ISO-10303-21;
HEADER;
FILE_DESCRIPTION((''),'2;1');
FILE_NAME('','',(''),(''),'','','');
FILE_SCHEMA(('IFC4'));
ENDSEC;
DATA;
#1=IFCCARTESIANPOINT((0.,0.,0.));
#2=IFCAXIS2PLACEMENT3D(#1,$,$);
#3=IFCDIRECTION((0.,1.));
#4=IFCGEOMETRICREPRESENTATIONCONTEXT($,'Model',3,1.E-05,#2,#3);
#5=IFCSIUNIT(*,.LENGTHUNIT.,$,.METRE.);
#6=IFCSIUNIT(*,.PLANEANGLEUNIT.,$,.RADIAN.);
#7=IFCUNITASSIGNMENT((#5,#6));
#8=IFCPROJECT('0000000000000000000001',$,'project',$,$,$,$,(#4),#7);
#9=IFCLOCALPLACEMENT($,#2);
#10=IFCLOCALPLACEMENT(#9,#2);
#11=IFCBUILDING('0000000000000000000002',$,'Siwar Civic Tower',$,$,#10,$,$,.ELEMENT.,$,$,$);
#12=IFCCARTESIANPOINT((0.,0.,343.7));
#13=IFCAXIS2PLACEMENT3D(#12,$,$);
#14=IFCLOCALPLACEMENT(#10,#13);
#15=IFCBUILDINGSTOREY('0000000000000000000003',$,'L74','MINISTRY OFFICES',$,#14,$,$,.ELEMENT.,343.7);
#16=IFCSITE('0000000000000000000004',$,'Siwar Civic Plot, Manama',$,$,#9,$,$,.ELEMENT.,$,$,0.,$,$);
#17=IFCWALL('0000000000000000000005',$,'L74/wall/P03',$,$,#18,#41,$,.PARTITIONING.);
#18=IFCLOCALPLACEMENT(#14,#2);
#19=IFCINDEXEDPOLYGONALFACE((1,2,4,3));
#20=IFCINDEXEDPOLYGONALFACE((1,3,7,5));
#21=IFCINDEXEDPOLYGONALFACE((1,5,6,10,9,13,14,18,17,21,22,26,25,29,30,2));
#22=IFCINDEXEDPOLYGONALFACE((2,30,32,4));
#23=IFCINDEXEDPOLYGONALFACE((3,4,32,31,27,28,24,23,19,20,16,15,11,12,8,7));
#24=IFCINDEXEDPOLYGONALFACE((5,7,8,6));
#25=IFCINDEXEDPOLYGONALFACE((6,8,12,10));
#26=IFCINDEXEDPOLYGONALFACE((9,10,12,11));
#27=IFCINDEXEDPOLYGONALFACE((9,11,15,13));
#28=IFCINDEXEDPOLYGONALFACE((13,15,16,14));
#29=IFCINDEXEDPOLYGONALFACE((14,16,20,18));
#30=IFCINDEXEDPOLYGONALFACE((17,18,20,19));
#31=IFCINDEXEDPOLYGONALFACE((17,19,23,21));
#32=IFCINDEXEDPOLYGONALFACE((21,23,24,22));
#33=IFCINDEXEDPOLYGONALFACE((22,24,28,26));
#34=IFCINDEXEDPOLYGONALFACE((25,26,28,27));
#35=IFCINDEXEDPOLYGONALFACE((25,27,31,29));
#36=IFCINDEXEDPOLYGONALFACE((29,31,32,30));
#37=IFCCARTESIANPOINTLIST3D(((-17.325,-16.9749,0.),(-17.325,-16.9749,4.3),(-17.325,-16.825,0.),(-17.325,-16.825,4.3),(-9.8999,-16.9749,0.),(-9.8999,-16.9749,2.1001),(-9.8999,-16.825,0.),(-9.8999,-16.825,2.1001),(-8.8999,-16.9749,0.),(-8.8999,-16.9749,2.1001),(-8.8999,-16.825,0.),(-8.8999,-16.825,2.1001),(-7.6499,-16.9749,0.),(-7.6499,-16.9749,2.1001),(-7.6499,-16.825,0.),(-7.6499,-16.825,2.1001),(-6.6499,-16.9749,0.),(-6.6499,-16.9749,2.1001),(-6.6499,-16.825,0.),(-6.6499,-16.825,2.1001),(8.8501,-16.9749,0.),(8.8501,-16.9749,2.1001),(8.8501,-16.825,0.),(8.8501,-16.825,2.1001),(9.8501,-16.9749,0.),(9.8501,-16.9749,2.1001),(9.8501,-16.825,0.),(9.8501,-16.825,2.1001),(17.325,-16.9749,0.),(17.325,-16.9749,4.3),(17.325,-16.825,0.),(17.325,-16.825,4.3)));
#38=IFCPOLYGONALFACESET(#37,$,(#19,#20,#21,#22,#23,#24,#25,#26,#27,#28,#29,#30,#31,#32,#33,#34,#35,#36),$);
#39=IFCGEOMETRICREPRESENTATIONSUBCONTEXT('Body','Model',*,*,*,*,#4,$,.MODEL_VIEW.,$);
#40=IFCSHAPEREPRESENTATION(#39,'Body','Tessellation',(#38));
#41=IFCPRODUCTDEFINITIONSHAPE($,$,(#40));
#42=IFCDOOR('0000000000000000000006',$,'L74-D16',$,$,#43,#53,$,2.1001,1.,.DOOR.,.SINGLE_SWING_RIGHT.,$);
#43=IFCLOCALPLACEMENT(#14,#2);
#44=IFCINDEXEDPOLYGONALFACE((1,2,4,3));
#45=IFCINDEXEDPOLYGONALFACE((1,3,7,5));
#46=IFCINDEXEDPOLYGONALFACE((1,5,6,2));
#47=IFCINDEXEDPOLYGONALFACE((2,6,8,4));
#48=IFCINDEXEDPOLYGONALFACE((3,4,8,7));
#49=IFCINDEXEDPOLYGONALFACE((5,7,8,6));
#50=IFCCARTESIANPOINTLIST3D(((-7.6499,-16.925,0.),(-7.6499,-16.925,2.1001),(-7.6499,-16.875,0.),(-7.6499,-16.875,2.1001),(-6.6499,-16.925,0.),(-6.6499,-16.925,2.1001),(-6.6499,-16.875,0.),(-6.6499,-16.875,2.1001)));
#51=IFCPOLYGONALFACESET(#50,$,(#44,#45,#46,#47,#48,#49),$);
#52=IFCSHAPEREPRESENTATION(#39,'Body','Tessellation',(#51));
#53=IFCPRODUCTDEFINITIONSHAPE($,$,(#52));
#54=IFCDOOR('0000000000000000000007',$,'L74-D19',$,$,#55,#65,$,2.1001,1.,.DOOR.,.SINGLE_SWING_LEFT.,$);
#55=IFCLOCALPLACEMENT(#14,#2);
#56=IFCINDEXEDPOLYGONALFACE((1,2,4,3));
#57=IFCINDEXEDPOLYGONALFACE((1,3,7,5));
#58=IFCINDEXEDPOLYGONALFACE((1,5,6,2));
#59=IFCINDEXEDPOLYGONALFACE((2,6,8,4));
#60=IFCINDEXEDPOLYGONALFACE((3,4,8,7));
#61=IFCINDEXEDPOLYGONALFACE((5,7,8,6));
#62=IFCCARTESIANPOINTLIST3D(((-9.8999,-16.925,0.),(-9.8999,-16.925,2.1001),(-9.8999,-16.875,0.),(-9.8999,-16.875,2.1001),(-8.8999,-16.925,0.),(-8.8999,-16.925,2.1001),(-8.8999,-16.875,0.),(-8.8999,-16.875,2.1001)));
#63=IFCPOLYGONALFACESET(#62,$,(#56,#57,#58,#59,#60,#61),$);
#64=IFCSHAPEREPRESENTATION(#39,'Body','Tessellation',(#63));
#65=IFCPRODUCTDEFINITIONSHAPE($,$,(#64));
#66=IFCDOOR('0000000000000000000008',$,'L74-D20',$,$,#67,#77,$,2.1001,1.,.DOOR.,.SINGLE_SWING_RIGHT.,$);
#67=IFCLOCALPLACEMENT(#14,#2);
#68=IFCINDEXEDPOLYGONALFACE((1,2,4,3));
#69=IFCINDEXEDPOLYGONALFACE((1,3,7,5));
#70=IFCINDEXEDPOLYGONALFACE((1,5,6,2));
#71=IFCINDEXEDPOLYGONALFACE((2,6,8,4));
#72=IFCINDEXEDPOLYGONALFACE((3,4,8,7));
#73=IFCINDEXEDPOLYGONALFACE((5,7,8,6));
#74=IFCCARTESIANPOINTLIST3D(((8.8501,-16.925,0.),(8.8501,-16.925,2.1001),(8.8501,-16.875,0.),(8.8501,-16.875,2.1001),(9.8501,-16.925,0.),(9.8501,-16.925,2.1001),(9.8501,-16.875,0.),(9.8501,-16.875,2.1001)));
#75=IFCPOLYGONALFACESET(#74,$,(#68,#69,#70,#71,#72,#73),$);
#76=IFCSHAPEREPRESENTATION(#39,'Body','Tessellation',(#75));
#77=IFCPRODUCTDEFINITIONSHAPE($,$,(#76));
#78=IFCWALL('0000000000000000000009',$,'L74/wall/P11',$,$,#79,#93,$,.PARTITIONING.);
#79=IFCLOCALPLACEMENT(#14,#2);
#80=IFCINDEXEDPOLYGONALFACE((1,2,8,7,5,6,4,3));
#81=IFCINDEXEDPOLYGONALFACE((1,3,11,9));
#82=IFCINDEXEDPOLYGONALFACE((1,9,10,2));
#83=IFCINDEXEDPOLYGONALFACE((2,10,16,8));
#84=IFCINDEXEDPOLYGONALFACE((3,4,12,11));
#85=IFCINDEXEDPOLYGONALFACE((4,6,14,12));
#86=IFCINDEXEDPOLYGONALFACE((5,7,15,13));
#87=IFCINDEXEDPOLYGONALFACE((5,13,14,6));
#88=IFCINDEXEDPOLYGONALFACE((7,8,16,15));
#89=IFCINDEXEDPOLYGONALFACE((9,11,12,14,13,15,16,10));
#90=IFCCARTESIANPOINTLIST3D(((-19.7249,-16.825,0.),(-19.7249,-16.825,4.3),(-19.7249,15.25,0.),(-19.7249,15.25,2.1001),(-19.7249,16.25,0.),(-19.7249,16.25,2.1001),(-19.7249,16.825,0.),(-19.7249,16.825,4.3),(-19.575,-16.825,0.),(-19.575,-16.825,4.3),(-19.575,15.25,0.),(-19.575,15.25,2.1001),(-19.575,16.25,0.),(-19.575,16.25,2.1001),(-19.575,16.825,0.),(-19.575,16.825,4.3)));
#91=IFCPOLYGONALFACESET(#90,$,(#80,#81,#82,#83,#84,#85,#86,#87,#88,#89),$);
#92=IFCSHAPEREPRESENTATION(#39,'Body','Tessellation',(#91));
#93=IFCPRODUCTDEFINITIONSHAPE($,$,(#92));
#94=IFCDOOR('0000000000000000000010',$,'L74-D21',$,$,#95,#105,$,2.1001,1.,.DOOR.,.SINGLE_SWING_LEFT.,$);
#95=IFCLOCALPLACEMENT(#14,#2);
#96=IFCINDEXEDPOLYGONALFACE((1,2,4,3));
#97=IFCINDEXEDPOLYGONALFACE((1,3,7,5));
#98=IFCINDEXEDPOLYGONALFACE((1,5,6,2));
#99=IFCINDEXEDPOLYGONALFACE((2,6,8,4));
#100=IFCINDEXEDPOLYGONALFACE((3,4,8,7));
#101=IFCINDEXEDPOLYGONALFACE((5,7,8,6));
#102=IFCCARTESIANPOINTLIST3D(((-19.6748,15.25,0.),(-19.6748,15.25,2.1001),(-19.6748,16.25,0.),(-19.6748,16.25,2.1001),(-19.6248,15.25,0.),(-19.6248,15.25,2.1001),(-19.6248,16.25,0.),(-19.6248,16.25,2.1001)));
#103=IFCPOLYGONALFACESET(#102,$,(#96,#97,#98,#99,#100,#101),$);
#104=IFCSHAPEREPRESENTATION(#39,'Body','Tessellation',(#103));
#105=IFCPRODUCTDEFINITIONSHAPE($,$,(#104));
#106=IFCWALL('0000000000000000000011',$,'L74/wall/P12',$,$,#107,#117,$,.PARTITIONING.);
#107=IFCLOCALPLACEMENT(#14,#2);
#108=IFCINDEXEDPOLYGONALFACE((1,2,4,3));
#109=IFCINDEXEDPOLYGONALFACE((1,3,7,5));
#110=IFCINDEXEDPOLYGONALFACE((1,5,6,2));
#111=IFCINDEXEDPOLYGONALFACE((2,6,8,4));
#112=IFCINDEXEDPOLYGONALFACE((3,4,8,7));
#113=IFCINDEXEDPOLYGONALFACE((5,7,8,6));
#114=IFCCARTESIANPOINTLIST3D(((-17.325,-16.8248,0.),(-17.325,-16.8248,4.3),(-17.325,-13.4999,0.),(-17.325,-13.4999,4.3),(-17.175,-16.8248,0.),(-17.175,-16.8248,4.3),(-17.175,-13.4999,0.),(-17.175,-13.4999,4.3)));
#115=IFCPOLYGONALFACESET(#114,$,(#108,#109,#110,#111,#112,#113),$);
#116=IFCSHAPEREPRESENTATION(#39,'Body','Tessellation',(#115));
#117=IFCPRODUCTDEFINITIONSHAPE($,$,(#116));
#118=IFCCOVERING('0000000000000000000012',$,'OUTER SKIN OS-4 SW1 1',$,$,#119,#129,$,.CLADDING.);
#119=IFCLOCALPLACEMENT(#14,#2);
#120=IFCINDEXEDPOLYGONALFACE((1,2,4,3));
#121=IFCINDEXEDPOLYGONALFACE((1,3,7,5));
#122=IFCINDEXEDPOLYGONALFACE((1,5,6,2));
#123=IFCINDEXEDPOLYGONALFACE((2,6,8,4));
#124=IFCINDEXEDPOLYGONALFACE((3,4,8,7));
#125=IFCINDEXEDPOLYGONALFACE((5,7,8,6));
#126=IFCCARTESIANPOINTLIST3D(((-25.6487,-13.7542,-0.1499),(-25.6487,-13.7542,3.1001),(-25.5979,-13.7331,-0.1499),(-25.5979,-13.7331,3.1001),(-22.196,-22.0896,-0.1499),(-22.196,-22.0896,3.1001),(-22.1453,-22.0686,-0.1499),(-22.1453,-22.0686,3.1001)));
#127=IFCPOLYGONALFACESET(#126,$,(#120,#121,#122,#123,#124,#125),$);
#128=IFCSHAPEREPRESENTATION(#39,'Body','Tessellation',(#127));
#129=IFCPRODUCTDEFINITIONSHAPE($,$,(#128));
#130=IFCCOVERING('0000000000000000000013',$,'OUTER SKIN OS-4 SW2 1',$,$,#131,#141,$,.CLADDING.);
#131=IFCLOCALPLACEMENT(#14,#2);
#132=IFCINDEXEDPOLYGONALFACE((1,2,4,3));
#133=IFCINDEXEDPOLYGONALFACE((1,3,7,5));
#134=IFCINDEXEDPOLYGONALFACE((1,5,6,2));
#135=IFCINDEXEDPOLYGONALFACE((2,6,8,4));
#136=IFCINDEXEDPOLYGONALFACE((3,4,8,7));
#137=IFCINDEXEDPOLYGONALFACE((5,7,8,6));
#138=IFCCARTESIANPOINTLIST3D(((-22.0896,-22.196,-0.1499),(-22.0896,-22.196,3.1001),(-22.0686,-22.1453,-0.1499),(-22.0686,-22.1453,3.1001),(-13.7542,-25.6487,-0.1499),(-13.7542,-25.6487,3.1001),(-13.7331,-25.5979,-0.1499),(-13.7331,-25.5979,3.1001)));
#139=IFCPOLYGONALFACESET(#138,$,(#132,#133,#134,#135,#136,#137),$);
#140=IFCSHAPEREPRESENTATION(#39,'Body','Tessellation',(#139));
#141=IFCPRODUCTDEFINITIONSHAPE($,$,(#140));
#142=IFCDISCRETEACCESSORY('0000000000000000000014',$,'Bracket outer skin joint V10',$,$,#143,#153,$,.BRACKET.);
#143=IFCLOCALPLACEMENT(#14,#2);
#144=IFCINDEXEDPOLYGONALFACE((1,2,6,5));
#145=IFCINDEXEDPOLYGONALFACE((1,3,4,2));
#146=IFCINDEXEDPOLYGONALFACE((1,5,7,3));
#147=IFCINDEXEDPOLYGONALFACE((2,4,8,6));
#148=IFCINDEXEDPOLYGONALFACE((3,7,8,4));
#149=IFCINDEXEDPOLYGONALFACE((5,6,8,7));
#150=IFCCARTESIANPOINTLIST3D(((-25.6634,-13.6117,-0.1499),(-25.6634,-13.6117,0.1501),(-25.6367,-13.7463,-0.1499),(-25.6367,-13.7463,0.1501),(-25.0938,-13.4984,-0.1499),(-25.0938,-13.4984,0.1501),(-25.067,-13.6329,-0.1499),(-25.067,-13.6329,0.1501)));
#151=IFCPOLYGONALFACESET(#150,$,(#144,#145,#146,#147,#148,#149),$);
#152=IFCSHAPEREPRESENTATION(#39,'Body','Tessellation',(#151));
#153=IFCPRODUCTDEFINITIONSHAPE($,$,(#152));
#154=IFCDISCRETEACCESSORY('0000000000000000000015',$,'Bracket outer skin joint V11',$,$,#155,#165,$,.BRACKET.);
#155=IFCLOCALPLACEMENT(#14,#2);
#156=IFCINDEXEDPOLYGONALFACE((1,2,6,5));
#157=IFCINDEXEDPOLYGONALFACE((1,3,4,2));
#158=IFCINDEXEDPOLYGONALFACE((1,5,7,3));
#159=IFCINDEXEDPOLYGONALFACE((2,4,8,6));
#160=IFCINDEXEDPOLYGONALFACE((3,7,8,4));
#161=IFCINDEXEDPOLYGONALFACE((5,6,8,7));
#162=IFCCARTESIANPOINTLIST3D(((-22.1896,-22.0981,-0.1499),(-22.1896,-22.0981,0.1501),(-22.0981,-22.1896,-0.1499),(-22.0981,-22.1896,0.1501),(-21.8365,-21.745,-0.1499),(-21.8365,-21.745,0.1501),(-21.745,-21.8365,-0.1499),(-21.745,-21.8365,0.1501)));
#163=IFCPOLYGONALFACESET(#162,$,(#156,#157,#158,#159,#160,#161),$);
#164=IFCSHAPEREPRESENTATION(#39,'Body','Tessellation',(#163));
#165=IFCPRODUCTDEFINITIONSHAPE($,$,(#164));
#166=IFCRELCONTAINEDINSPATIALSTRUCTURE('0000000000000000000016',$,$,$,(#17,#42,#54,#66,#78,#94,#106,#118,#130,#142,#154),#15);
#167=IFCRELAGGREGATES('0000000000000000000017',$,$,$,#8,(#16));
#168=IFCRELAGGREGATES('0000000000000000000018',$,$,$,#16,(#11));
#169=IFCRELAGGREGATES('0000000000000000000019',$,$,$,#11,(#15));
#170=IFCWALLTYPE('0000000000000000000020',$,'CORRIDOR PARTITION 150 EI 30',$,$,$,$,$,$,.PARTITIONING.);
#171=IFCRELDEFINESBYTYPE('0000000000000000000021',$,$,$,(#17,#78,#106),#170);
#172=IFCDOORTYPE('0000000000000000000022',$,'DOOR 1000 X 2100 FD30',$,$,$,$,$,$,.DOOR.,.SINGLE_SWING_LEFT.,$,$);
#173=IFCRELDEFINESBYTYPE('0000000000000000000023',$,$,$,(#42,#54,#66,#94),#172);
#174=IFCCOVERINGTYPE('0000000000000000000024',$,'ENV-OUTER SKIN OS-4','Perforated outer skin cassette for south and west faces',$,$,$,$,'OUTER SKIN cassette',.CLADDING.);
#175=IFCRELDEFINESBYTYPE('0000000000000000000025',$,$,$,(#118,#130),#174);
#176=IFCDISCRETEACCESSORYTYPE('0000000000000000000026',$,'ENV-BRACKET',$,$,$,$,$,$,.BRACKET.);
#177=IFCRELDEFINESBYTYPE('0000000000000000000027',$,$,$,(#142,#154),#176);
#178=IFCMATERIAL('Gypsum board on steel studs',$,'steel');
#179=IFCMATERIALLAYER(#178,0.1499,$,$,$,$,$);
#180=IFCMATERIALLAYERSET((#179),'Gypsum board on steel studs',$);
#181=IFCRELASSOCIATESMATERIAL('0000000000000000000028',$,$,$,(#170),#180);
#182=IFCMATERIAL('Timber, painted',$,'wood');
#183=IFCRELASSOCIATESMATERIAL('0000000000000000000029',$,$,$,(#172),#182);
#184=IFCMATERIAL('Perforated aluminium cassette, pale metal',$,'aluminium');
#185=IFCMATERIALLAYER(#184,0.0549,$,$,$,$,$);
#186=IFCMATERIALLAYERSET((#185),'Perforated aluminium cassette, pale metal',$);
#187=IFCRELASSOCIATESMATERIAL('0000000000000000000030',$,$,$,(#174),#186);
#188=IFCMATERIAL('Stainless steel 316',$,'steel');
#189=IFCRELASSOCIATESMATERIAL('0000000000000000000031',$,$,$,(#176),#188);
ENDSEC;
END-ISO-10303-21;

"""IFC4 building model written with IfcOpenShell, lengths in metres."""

from ifc_helpers import new_model, si_unit, direction, frame, frame_2d, origin, origin_2d, place, context, subcontext, project, spatial, rectangle, extrude, material, layer, layer_set, type_object, element, fill, save


model = new_model("IFC4")

# Units and contexts
model_context = context("Model", 3, precision=1e-05, world=origin(), true_north=direction((0.0, 1.0)))
body_context = subcontext(model_context, "Body", "Model", "MODEL_VIEW")
ifc_project = project(units=[si_unit("LENGTHUNIT", "METRE"), si_unit("PLANEANGLEUNIT", "RADIAN")], contexts=[model_context])

# Site, building, storey
site_placement = place(None, origin())
site = spatial("IfcSite", under=ifc_project, at=site_placement, Name="Siwar Civic Plot, Manama", CompositionType="ELEMENT", RefElevation=0.0)
building_placement = place(site_placement, origin())
building = spatial("IfcBuilding", under=site, at=building_placement, Name="Siwar Civic Tower", CompositionType="ELEMENT")
storey_placement = place(building_placement, frame((0.0, 0.0, 343.7)))
storey = spatial("IfcBuildingStorey", under=building, at=storey_placement, Name="L74", Description="MINISTRY OFFICES", CompositionType="ELEMENT", Elevation=343.7)

# Shared definitions
ifc_material_1 = material(Name="Gypsum board on steel studs", Category="steel")
ifc_layer_1 = layer(ifc_material_1, 0.1499)
ifc_layer_set_1 = layer_set([ifc_layer_1], Name="Gypsum board on steel studs")
wall_type = type_object("IfcWallType", Name="CORRIDOR PARTITION 150 EI 30", PredefinedType="PARTITIONING", material=ifc_layer_set_1)
ifc_material_2 = material(Name="Timber, painted", Category="wood")
door_type = type_object("IfcDoorType", Name="DOOR 1000 X 2100 FD30", OperationType="SINGLE_SWING_LEFT", PredefinedType="DOOR", material=ifc_material_2)

# Wall, openings, doors
wall_1_placement = place(storey_placement, frame((-17.325, -16.8999, 0.0), z_axis=(0.0, 0.0, 1.0), x_axis=(1.0, 0.0, 0.0)))
wall_1 = element("IfcWall", 1, at=wall_1_placement, inside=storey, type_object=wall_type, Name="L74/wall/P03", PredefinedType="PARTITIONING", context=body_context, shape_type="SweptSolid", body=[
    extrude(rectangle(XDim=34.6499, YDim=0.1499, at=frame_2d((17.325, 0.0))), origin(), (0.0, 0.0, 1.0), 4.3),
])
opening_1_placement = place(wall_1_placement, frame((9.675, 0.0, 0.0)))
opening_1 = element("IfcOpeningElement", 2, at=opening_1_placement, cuts=wall_1, PredefinedType="OPENING", context=body_context, shape_type="SweptSolid", body=[
    extrude(rectangle(XDim=1.0, YDim=2.1001, at=frame_2d((0.5, 1.05))), frame((0.0, 0.085, 0.0), z_axis=(0.0, -1.0, 0.0), x_axis=(1.0, 0.0, 0.0)), (0.0, 0.0, 1.0), 0.1699),
])
opening_2_placement = place(wall_1_placement, frame((7.425, 0.0, 0.0)))
opening_2 = element("IfcOpeningElement", 3, at=opening_2_placement, cuts=wall_1, PredefinedType="OPENING", context=body_context, shape_type="SweptSolid", body=[
    extrude(rectangle(XDim=1.0, YDim=2.1001, at=frame_2d((0.5, 1.05))), frame((0.0, 0.085, 0.0), z_axis=(0.0, -1.0, 0.0), x_axis=(1.0, 0.0, 0.0)), (0.0, 0.0, 1.0), 0.1699),
])
opening_3_placement = place(wall_1_placement, frame((26.175, 0.0, 0.0)))
opening_3 = element("IfcOpeningElement", 4, at=opening_3_placement, cuts=wall_1, PredefinedType="OPENING", context=body_context, shape_type="SweptSolid", body=[
    extrude(rectangle(XDim=1.0, YDim=2.1001, at=frame_2d((0.5, 1.05))), frame((0.0, 0.085, 0.0), z_axis=(0.0, -1.0, 0.0), x_axis=(1.0, 0.0, 0.0)), (0.0, 0.0, 1.0), 0.1699),
])
door_1_placement = place(opening_1_placement, origin())
door_1 = element("IfcDoor", 5, at=door_1_placement, inside=storey, type_object=door_type, Name="L74-D16", OperationType="SINGLE_SWING_RIGHT", OverallHeight=2.1001, OverallWidth=1.0, PredefinedType="DOOR", context=body_context, shape_type="SweptSolid", body=[
    extrude(rectangle(XDim=1.0, YDim=2.1001, at=frame_2d((0.5, 1.05))), frame((0.0, 0.0249, 0.0), z_axis=(0.0, -1.0, 0.0), x_axis=(1.0, 0.0, 0.0)), (0.0, 0.0, 1.0), 0.05),
])
fill(opening_1, door_1)
door_2_placement = place(opening_2_placement, origin())
door_2 = element("IfcDoor", 6, at=door_2_placement, inside=storey, type_object=door_type, Name="L74-D19", OperationType="SINGLE_SWING_LEFT", OverallHeight=2.1001, OverallWidth=1.0, PredefinedType="DOOR", context=body_context, shape_type="SweptSolid", body=[
    extrude(rectangle(XDim=1.0, YDim=2.1001, at=frame_2d((0.5, 1.05))), frame((0.0, 0.0249, 0.0), z_axis=(0.0, -1.0, 0.0), x_axis=(1.0, 0.0, 0.0)), (0.0, 0.0, 1.0), 0.05),
])
fill(opening_2, door_2)
door_3_placement = place(opening_3_placement, origin())
door_3 = element("IfcDoor", 7, at=door_3_placement, inside=storey, type_object=door_type, Name="L74-D20", OperationType="SINGLE_SWING_RIGHT", OverallHeight=2.1001, OverallWidth=1.0, PredefinedType="DOOR", context=body_context, shape_type="SweptSolid", body=[
    extrude(rectangle(XDim=1.0, YDim=2.1001, at=frame_2d((0.5, 1.05))), frame((0.0, 0.0249, 0.0), z_axis=(0.0, -1.0, 0.0), x_axis=(1.0, 0.0, 0.0)), (0.0, 0.0, 1.0), 0.05),
])
fill(opening_3, door_3)

# Wall, opening, door
wall_2_placement = place(storey_placement, frame((-19.6499, -16.825, 0.0), z_axis=(0.0, 0.0, 1.0), x_axis=(0.0, 1.0, 0.0)))
wall_2 = element("IfcWall", 8, at=wall_2_placement, inside=storey, type_object=wall_type, Name="L74/wall/P11", PredefinedType="PARTITIONING", context=body_context, shape_type="SweptSolid", body=[
    extrude(rectangle(XDim=33.6499, YDim=0.1499, at=frame_2d((16.825, 0.0))), origin(), (0.0, 0.0, 1.0), 4.3),
])
opening_4_placement = place(wall_2_placement, frame((32.075, 0.0, 0.0)))
opening_4 = element("IfcOpeningElement", 9, at=opening_4_placement, cuts=wall_2, PredefinedType="OPENING", context=body_context, shape_type="SweptSolid", body=[
    extrude(rectangle(XDim=1.0, YDim=2.1001, at=frame_2d((0.5, 1.05))), frame((0.0, 0.085, 0.0), z_axis=(0.0, -1.0, 0.0), x_axis=(1.0, 0.0, 0.0)), (0.0, 0.0, 1.0), 0.1699),
])
door_4_placement = place(opening_4_placement, origin())
door_4 = element("IfcDoor", 10, at=door_4_placement, inside=storey, type_object=door_type, Name="L74-D21", OperationType="SINGLE_SWING_LEFT", OverallHeight=2.1001, OverallWidth=1.0, PredefinedType="DOOR", context=body_context, shape_type="SweptSolid", body=[
    extrude(rectangle(XDim=1.0, YDim=2.1001, at=frame_2d((0.5, 1.05))), frame((0.0, 0.0249, 0.0), z_axis=(0.0, -1.0, 0.0), x_axis=(1.0, 0.0, 0.0)), (0.0, 0.0, 1.0), 0.05),
])
fill(opening_4, door_4)

# Wall
wall_3_placement = place(storey_placement, frame((-17.25, -16.825, 0.0), z_axis=(0.0, 0.0, 1.0), x_axis=(0.0, 1.0, 0.0)))
element("IfcWall", 11, at=wall_3_placement, inside=storey, type_object=wall_type, Name="L74/wall/P12", PredefinedType="PARTITIONING", context=body_context, shape_type="SweptSolid", body=[
    extrude(rectangle(XDim=3.325, YDim=0.1499, at=frame_2d((1.6626, 0.0))), origin(), (0.0, 0.0, 1.0), 4.3),
])

# Coverings
ifc_material_3 = material(Name="Perforated aluminium cassette, pale metal", Category="aluminium")
ifc_layer_2 = layer(ifc_material_3, 0.0549)
ifc_layer_set_2 = layer_set([ifc_layer_2], Name="Perforated aluminium cassette, pale metal")
covering_type = type_object("IfcCoveringType", Name="ENV-OUTER SKIN OS-4", Description="Perforated outer skin cassette for south and west faces", ElementType="OUTER SKIN cassette", PredefinedType="CLADDING", material=ifc_layer_set_2)
for number, where, z_axis, x_axis, name in (
    (12, (-23.897, -17.9114, -0.1499), (0.0, 0.0, 1.0), (0.382683, -0.92388, 0.0), "OUTER SKIN OS-4 SW1 1"),
    (13, (-17.9114, -23.897, -0.1499), (0.0, 0.0, 1.0), (0.92388, -0.382683, 0.0), "OUTER SKIN OS-4 SW2 1"),
):
    element("IfcCovering", number, at=place(storey_placement, frame(where, z_axis=z_axis, x_axis=x_axis)), inside=storey, type_object=covering_type, Name=name, PredefinedType="CLADDING", context=body_context, shape_type="SweptSolid", body=[
        extrude(rectangle(XDim=9.0222, YDim=0.0549, at=origin_2d()), origin(), (0.0, 0.0, 1.0), 3.25),
    ])

# Discrete accessories
ifc_material_4 = material(Name="Stainless steel 316", Category="steel")
discrete_accessory_type = type_object("IfcDiscreteAccessoryType", Name="ENV-BRACKET", PredefinedType="BRACKET", material=ifc_material_4)
discrete_accessory_1_placement = place(storey_placement, frame((-25.3652, -13.6223, -0.1499), z_axis=(0.0, 0.0, 1.0), x_axis=(-0.980785, -0.19509, 0.0)))
element("IfcDiscreteAccessory", 14, at=discrete_accessory_1_placement, inside=storey, type_object=discrete_accessory_type, Name="Bracket outer skin joint V10", PredefinedType="BRACKET", context=body_context, shape_type="SweptSolid", body=[
    extrude(rectangle(XDim=0.5808, YDim=0.1372, at=origin_2d()), origin(), (0.0, 0.0, 1.0), 0.3),
])
discrete_accessory_2_placement = place(storey_placement, frame((-21.9673, -21.9673, -0.1499), z_axis=(0.0, 0.0, 1.0), x_axis=(-0.707107, -0.707107, 0.0)))
element("IfcDiscreteAccessory", 15, at=discrete_accessory_2_placement, inside=storey, type_object=discrete_accessory_type, Name="Bracket outer skin joint V11", PredefinedType="BRACKET", context=body_context, shape_type="SweptSolid", body=[
    extrude(rectangle(XDim=0.4993, YDim=0.1294, at=origin_2d()), origin(), (0.0, 0.0, 1.0), 0.3),
])

save(model, "model.ifc")
